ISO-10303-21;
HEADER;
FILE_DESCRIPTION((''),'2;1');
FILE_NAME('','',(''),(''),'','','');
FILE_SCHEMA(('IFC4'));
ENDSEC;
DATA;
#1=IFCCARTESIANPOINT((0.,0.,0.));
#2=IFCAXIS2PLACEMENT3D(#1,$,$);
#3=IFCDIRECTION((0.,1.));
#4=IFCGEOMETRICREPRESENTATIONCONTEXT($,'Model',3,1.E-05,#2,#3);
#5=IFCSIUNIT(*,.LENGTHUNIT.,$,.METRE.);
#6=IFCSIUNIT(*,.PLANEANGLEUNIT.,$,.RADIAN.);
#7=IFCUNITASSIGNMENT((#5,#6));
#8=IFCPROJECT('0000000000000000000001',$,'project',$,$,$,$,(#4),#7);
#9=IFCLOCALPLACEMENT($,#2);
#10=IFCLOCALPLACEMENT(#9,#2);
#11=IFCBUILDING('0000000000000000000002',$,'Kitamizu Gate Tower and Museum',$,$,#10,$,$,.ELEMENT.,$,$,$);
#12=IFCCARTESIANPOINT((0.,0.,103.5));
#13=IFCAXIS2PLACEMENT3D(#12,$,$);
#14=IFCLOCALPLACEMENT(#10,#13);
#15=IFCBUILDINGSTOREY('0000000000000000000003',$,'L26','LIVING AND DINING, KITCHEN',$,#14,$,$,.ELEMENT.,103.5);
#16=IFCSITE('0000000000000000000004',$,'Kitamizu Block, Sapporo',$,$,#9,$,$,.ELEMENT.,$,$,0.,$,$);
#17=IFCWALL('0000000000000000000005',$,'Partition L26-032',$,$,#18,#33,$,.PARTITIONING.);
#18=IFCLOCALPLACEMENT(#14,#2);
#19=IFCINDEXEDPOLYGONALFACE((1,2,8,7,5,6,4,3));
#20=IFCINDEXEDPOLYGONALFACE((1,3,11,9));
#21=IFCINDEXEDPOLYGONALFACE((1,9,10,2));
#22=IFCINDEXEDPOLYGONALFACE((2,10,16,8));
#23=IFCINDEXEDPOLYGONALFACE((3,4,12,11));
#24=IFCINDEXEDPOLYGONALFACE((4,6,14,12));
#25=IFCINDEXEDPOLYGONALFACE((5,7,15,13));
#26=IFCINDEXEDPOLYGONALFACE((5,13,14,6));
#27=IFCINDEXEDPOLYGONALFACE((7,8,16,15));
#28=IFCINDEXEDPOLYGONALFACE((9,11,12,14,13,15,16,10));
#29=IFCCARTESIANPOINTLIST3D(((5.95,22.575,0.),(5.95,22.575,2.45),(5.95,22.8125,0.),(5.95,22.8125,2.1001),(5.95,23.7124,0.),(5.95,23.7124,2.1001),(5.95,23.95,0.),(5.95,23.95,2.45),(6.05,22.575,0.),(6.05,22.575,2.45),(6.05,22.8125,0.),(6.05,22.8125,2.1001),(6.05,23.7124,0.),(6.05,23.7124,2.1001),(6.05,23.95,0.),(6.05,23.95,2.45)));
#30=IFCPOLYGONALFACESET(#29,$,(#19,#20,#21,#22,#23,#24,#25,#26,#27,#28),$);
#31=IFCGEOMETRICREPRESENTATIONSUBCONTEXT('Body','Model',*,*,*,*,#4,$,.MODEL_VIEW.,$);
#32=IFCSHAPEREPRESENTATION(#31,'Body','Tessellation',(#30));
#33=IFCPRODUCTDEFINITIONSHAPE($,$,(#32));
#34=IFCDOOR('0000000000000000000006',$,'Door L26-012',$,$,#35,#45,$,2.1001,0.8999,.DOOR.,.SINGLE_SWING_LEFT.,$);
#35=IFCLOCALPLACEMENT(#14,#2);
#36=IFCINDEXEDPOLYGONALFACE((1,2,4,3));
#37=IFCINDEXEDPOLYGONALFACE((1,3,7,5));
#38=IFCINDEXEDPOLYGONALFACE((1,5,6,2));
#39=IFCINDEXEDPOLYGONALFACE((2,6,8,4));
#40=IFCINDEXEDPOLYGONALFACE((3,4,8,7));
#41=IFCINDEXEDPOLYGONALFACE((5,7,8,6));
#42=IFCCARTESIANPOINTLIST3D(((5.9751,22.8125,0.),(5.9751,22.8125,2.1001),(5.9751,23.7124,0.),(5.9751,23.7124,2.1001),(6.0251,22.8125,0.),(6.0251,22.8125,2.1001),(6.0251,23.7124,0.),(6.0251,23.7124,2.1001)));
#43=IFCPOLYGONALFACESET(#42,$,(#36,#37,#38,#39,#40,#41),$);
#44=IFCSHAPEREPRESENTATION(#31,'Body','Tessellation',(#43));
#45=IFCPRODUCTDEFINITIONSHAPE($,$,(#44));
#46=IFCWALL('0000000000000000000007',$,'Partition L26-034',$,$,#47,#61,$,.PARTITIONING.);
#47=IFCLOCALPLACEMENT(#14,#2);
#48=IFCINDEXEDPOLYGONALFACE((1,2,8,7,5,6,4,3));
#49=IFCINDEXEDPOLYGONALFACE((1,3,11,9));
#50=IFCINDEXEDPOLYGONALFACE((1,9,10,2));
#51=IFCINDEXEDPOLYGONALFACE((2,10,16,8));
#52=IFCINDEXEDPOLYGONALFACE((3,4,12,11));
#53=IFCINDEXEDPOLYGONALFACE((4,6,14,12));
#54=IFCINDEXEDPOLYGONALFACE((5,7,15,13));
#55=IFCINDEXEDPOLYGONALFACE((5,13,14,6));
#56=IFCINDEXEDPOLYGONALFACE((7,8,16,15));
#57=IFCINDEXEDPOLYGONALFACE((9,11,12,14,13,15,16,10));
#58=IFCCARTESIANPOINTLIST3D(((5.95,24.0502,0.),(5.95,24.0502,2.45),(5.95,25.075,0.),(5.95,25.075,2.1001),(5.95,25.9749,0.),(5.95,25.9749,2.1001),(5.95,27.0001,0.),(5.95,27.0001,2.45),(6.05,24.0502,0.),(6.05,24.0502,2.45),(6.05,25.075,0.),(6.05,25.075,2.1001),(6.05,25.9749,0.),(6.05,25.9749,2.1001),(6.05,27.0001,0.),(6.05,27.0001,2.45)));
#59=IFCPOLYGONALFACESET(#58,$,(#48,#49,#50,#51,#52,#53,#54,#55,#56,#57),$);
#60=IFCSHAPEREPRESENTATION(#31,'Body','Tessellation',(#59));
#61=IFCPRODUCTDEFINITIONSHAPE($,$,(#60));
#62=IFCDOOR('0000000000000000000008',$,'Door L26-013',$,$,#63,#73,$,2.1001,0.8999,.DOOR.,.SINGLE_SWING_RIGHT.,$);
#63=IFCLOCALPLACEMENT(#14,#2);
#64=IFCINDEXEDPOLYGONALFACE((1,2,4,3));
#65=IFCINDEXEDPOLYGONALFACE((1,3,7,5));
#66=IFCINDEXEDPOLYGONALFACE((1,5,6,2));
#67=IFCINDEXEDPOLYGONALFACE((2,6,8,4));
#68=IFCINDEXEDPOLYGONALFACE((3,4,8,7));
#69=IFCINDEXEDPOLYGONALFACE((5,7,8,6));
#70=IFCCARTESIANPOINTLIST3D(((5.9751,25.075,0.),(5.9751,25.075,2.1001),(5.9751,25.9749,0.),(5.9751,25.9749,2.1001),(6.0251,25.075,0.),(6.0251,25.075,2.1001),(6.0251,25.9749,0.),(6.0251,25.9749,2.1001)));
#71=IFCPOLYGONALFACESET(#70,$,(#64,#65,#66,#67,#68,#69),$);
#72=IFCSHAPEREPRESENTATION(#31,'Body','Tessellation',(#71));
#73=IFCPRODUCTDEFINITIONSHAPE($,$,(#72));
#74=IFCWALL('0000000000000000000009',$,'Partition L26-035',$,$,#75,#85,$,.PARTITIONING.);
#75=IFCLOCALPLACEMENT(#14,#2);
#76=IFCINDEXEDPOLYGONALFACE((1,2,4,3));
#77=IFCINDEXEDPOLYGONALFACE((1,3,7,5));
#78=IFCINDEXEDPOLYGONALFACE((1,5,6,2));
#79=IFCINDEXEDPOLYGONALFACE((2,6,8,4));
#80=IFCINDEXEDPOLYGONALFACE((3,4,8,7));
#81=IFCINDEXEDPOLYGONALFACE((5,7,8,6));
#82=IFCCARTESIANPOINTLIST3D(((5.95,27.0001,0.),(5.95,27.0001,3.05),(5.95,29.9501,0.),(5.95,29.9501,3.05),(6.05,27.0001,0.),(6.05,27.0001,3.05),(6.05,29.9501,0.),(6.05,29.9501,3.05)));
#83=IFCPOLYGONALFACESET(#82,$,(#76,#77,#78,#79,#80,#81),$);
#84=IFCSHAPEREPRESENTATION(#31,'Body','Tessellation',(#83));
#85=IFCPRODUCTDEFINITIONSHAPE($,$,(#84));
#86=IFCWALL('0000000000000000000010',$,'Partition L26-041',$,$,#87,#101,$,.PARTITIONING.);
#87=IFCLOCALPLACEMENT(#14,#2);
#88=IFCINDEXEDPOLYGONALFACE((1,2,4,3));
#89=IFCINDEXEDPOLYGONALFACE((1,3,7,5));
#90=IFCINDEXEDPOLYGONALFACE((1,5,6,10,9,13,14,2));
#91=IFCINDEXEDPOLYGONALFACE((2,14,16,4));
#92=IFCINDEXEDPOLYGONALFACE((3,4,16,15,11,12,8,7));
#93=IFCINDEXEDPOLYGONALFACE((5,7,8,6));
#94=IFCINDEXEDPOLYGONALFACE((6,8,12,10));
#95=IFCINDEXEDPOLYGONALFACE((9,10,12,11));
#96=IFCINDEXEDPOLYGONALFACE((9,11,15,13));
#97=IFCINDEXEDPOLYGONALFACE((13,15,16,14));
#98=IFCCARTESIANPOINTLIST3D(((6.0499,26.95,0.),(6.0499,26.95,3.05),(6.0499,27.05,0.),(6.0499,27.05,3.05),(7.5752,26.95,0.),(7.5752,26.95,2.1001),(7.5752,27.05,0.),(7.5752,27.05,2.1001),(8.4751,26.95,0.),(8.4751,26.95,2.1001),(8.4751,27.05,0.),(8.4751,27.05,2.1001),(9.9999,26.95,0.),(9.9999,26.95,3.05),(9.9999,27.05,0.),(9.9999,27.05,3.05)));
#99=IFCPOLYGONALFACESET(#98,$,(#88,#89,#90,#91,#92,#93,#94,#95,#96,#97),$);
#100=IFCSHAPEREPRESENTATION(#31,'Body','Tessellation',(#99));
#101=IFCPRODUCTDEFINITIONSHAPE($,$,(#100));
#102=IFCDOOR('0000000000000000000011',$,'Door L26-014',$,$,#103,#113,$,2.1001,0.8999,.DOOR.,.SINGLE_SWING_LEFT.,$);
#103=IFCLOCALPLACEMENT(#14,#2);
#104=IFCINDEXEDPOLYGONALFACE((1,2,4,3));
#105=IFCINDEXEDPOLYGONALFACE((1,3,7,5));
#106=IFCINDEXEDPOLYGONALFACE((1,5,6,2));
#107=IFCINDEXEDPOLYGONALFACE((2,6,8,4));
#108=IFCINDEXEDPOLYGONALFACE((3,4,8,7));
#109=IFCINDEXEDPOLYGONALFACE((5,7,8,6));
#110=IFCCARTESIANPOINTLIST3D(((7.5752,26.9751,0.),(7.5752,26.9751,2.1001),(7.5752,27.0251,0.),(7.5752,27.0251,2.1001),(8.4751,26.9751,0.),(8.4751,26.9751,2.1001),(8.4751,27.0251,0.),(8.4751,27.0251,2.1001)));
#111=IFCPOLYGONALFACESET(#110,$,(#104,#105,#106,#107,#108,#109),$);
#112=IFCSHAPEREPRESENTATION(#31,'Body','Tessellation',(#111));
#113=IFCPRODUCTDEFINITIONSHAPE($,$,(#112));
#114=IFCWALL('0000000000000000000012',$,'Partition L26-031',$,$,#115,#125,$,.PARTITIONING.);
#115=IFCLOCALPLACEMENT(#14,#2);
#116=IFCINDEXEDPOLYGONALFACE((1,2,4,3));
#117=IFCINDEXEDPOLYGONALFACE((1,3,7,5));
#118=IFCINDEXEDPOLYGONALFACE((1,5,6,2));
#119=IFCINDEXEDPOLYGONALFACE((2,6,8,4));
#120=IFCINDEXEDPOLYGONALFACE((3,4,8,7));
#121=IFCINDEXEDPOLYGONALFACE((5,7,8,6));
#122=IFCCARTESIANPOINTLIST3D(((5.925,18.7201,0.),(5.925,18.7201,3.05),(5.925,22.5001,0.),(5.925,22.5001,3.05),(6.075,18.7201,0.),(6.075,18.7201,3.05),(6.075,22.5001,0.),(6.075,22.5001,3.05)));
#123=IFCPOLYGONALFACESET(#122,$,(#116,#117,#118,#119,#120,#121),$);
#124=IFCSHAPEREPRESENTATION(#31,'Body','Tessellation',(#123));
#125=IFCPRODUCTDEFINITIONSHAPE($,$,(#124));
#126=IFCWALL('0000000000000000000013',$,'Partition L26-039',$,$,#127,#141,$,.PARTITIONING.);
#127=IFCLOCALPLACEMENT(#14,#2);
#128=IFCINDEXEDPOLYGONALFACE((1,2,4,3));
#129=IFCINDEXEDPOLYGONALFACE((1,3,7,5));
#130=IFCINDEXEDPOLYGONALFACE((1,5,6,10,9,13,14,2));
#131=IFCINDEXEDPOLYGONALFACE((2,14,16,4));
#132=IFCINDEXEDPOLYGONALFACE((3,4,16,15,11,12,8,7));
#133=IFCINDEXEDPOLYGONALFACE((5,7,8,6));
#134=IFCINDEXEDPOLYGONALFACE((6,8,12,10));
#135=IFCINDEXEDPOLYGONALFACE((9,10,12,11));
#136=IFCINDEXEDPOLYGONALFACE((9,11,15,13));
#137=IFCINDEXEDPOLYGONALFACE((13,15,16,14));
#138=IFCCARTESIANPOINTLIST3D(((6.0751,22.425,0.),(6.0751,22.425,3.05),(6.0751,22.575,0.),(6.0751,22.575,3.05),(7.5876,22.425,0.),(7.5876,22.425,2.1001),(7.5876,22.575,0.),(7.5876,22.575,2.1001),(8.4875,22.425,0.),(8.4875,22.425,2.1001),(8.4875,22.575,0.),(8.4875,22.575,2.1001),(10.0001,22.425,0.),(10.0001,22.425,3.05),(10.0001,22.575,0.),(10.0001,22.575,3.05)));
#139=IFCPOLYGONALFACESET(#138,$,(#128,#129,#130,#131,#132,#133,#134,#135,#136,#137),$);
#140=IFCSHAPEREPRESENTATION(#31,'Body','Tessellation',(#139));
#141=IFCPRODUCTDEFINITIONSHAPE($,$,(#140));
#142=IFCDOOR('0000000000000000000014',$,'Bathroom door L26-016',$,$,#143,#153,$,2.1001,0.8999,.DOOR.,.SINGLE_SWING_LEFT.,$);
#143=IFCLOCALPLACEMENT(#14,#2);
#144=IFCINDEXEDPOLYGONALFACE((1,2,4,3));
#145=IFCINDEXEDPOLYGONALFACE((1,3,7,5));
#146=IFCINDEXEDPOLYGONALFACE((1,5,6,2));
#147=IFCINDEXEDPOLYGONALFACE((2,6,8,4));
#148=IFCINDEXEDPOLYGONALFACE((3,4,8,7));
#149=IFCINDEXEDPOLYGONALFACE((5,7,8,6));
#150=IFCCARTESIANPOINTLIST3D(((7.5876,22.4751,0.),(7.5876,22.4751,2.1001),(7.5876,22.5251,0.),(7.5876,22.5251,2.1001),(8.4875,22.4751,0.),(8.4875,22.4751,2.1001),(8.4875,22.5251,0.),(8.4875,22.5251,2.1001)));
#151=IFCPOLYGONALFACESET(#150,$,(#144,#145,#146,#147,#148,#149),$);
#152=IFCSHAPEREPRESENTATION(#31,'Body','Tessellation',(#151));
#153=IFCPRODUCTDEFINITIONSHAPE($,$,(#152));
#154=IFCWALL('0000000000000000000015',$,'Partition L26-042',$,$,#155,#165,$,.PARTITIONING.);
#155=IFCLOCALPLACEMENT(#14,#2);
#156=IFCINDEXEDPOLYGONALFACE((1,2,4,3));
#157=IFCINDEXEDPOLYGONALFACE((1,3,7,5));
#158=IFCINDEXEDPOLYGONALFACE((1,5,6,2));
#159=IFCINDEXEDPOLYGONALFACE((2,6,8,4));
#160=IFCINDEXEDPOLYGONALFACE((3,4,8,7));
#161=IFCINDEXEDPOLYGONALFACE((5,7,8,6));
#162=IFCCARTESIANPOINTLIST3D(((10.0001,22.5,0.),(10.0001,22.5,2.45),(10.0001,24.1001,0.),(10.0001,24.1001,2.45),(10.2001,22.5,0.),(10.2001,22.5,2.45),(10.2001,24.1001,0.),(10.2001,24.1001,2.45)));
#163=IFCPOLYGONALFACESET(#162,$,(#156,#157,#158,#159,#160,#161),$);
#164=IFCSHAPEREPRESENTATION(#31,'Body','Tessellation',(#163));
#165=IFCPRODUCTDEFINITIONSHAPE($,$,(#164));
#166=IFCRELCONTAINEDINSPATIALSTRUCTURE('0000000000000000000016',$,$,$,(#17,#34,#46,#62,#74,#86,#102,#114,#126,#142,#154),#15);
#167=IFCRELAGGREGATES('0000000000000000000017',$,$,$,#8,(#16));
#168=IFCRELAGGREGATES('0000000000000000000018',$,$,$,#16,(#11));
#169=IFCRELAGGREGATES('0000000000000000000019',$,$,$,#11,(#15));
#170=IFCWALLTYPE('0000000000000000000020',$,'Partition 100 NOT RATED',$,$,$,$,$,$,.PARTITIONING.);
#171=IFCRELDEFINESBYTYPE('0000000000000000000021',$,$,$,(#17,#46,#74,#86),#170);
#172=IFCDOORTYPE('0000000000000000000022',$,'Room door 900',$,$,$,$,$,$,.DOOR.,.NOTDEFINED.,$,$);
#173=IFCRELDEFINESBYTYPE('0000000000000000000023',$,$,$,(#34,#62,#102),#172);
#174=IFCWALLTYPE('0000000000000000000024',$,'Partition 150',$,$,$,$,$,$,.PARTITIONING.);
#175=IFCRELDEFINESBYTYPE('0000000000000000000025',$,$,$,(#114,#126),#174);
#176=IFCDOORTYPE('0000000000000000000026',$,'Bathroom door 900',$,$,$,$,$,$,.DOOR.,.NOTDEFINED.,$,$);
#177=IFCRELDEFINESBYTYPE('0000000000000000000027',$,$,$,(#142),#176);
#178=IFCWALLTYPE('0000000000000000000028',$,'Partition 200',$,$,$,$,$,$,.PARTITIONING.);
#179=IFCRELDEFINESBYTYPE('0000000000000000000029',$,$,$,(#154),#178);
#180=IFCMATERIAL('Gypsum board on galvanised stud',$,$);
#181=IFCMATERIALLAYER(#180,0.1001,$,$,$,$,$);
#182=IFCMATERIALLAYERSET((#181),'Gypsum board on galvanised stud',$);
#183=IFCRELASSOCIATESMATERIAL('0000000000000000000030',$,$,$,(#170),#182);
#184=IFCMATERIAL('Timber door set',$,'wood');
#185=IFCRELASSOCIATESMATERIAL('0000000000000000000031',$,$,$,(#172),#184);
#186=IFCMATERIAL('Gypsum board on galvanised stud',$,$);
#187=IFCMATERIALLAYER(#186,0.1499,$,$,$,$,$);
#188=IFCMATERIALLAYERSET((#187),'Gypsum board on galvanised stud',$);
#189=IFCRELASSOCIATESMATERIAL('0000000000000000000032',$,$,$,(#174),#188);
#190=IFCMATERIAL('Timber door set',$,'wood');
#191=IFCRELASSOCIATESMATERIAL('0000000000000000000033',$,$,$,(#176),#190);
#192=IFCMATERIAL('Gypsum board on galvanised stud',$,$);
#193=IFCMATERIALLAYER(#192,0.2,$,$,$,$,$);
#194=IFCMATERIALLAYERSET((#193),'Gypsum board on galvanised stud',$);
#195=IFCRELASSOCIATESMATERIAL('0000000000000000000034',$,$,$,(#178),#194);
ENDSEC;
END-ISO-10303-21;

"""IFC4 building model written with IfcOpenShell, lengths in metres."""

from ifc_helpers import new_model, si_unit, direction, frame, frame_2d, origin, place, context, subcontext, project, spatial, rectangle, extrude, material, layer, layer_set, type_object, element, fill, save


model = new_model("IFC4")

# Units and contexts
model_context = context("Model", 3, precision=1e-05, world=origin(), true_north=direction((0.0, 1.0)))
body_context = subcontext(model_context, "Body", "Model", "MODEL_VIEW")
ifc_project = project(units=[si_unit("LENGTHUNIT", "METRE"), si_unit("PLANEANGLEUNIT", "RADIAN")], contexts=[model_context])

# Site, building, storey
site_placement = place(None, origin())
site = spatial("IfcSite", under=ifc_project, at=site_placement, Name="Kitamizu Block, Sapporo", CompositionType="ELEMENT", RefElevation=0.0)
building_placement = place(site_placement, origin())
building = spatial("IfcBuilding", under=site, at=building_placement, Name="Kitamizu Gate Tower and Museum", CompositionType="ELEMENT")
storey_placement = place(building_placement, frame((0.0, 0.0, 103.5)))
storey = spatial("IfcBuildingStorey", under=building, at=storey_placement, Name="L26", Description="LIVING AND DINING, KITCHEN", CompositionType="ELEMENT", Elevation=103.5)

# Shared definitions
ifc_material_1 = material(Name="Gypsum board on galvanised stud")
ifc_layer_1 = layer(ifc_material_1, 0.1001)
ifc_layer_set_1 = layer_set([ifc_layer_1], Name="Gypsum board on galvanised stud")
wall_type_1 = type_object("IfcWallType", Name="Partition 100 NOT RATED", PredefinedType="PARTITIONING", material=ifc_layer_set_1)

# Walls, openings, doors
wall_1_placement = place(storey_placement, frame((6.0, 22.575, 0.0), z_axis=(0.0, 0.0, 1.0), x_axis=(0.0, 1.0, 0.0)))
wall_1 = element("IfcWall", 1, at=wall_1_placement, inside=storey, type_object=wall_type_1, Name="Partition L26-032", PredefinedType="PARTITIONING", context=body_context, shape_type="SweptSolid", body=[
    extrude(rectangle(XDim=1.375, YDim=0.1001, at=frame_2d((0.6875, 0.0))), origin(), (0.0, 0.0, 1.0), 2.45),
])
opening_1_placement = place(wall_1_placement, frame((0.2375, 0.0, 0.0)))
opening_1 = element("IfcOpeningElement", 2, at=opening_1_placement, cuts=wall_1, PredefinedType="OPENING", context=body_context, shape_type="SweptSolid", body=[
    extrude(rectangle(XDim=0.8999, YDim=2.1001, at=frame_2d((0.45, 1.05))), frame((0.0, 0.0601, 0.0), z_axis=(0.0, -1.0, 0.0), x_axis=(1.0, 0.0, 0.0)), (0.0, 0.0, 1.0), 0.1201),
])
ifc_material_2 = material(Name="Timber door set", Category="wood")
door_type_1 = type_object("IfcDoorType", Name="Room door 900", OperationType="NOTDEFINED", PredefinedType="DOOR", material=ifc_material_2)
door_1_placement = place(opening_1_placement, origin())
door_1 = element("IfcDoor", 3, at=door_1_placement, inside=storey, type_object=door_type_1, Name="Door L26-012", OperationType="SINGLE_SWING_LEFT", OverallHeight=2.1001, OverallWidth=0.8999, PredefinedType="DOOR", context=body_context, shape_type="SweptSolid", body=[
    extrude(rectangle(XDim=0.8999, YDim=2.1001, at=frame_2d((0.45, 1.05))), frame((0.0, 0.0249, 0.0), z_axis=(0.0, -1.0, 0.0), x_axis=(1.0, 0.0, 0.0)), (0.0, 0.0, 1.0), 0.05),
])
fill(opening_1, door_1)
wall_2_placement = place(storey_placement, frame((6.0, 24.05, 0.0), z_axis=(0.0, 0.0, 1.0), x_axis=(0.0, 1.0, 0.0)))
wall_2 = element("IfcWall", 4, at=wall_2_placement, inside=storey, type_object=wall_type_1, Name="Partition L26-034", PredefinedType="PARTITIONING", context=body_context, shape_type="SweptSolid", body=[
    extrude(rectangle(XDim=2.95, YDim=0.1001, at=frame_2d((1.4751, 0.0))), origin(), (0.0, 0.0, 1.0), 2.45),
])
opening_2_placement = place(wall_2_placement, frame((1.0249, 0.0, 0.0)))
opening_2 = element("IfcOpeningElement", 5, at=opening_2_placement, cuts=wall_2, PredefinedType="OPENING", context=body_context, shape_type="SweptSolid", body=[
    extrude(rectangle(XDim=0.8999, YDim=2.1001, at=frame_2d((0.45, 1.05))), frame((0.0, 0.0601, 0.0), z_axis=(0.0, -1.0, 0.0), x_axis=(1.0, 0.0, 0.0)), (0.0, 0.0, 1.0), 0.1201),
])
door_2_placement = place(opening_2_placement, origin())
door_2 = element("IfcDoor", 6, at=door_2_placement, inside=storey, type_object=door_type_1, Name="Door L26-013", OperationType="SINGLE_SWING_RIGHT", OverallHeight=2.1001, OverallWidth=0.8999, PredefinedType="DOOR", context=body_context, shape_type="SweptSolid", body=[
    extrude(rectangle(XDim=0.8999, YDim=2.1001, at=frame_2d((0.45, 1.05))), frame((0.0, 0.0249, 0.0), z_axis=(0.0, -1.0, 0.0), x_axis=(1.0, 0.0, 0.0)), (0.0, 0.0, 1.0), 0.05),
])
fill(opening_2, door_2)

# Wall
wall_3_placement = place(storey_placement, frame((6.0, 27.0, 0.0), z_axis=(0.0, 0.0, 1.0), x_axis=(0.0, 1.0, 0.0)))
element("IfcWall", 7, at=wall_3_placement, inside=storey, type_object=wall_type_1, Name="Partition L26-035", PredefinedType="PARTITIONING", context=body_context, shape_type="SweptSolid", body=[
    extrude(rectangle(XDim=2.95, YDim=0.1001, at=frame_2d((1.4751, 0.0))), origin(), (0.0, 0.0, 1.0), 3.05),
])

# Wall, opening, door
wall_4_placement = place(storey_placement, frame((10.0, 27.0, 0.0), z_axis=(0.0, 0.0, 1.0), x_axis=(-1.0, 0.0, 0.0)))
wall_4 = element("IfcWall", 8, at=wall_4_placement, inside=storey, type_object=wall_type_1, Name="Partition L26-041", PredefinedType="PARTITIONING", context=body_context, shape_type="SweptSolid", body=[
    extrude(rectangle(XDim=3.95, YDim=0.1001, at=frame_2d((1.9751, 0.0))), origin(), (0.0, 0.0, 1.0), 3.05),
])
opening_3_placement = place(wall_4_placement, frame((1.5249, 0.0, 0.0)))
opening_3 = element("IfcOpeningElement", 9, at=opening_3_placement, cuts=wall_4, PredefinedType="OPENING", context=body_context, shape_type="SweptSolid", body=[
    extrude(rectangle(XDim=0.8999, YDim=2.1001, at=frame_2d((0.45, 1.05))), frame((0.0, 0.0601, 0.0), z_axis=(0.0, -1.0, 0.0), x_axis=(1.0, 0.0, 0.0)), (0.0, 0.0, 1.0), 0.1201),
])
door_3_placement = place(opening_3_placement, origin())
door_3 = element("IfcDoor", 10, at=door_3_placement, inside=storey, type_object=door_type_1, Name="Door L26-014", OperationType="SINGLE_SWING_LEFT", OverallHeight=2.1001, OverallWidth=0.8999, PredefinedType="DOOR", context=body_context, shape_type="SweptSolid", body=[
    extrude(rectangle(XDim=0.8999, YDim=2.1001, at=frame_2d((0.45, 1.05))), frame((0.0, 0.0249, 0.0), z_axis=(0.0, -1.0, 0.0), x_axis=(1.0, 0.0, 0.0)), (0.0, 0.0, 1.0), 0.05),
])
fill(opening_3, door_3)

# Wall
ifc_material_3 = material(Name="Gypsum board on galvanised stud")
ifc_layer_2 = layer(ifc_material_3, 0.1499)
ifc_layer_set_2 = layer_set([ifc_layer_2], Name="Gypsum board on galvanised stud")
wall_type_2 = type_object("IfcWallType", Name="Partition 150", PredefinedType="PARTITIONING", material=ifc_layer_set_2)
wall_5_placement = place(storey_placement, frame((6.0, 18.72, 0.0), z_axis=(0.0, 0.0, 1.0), x_axis=(0.0, 1.0, 0.0)))
element("IfcWall", 11, at=wall_5_placement, inside=storey, type_object=wall_type_2, Name="Partition L26-031", PredefinedType="PARTITIONING", context=body_context, shape_type="SweptSolid", body=[
    extrude(rectangle(XDim=3.78, YDim=0.1499, at=frame_2d((1.8901, 0.0))), origin(), (0.0, 0.0, 1.0), 3.05),
])

# Wall, opening, door
wall_6_placement = place(storey_placement, frame((10.0, 22.5, 0.0), z_axis=(0.0, 0.0, 1.0), x_axis=(-1.0, 0.0, 0.0)))
wall_6 = element("IfcWall", 12, at=wall_6_placement, inside=storey, type_object=wall_type_2, Name="Partition L26-039", PredefinedType="PARTITIONING", context=body_context, shape_type="SweptSolid", body=[
    extrude(rectangle(XDim=3.925, YDim=0.1499, at=frame_2d((1.9624, 0.0))), origin(), (0.0, 0.0, 1.0), 3.05),
])
opening_4_placement = place(wall_6_placement, frame((1.5125, 0.0, 0.0)))
opening_4 = element("IfcOpeningElement", 13, at=opening_4_placement, cuts=wall_6, PredefinedType="OPENING", context=body_context, shape_type="SweptSolid", body=[
    extrude(rectangle(XDim=0.8999, YDim=2.1001, at=frame_2d((0.45, 1.05))), frame((0.0, 0.085, 0.0), z_axis=(0.0, -1.0, 0.0), x_axis=(1.0, 0.0, 0.0)), (0.0, 0.0, 1.0), 0.1699),
])
ifc_material_4 = material(Name="Timber door set", Category="wood")
door_type_2 = type_object("IfcDoorType", Name="Bathroom door 900", OperationType="NOTDEFINED", PredefinedType="DOOR", material=ifc_material_4)
door_4_placement = place(opening_4_placement, origin())
door_4 = element("IfcDoor", 14, at=door_4_placement, inside=storey, type_object=door_type_2, Name="Bathroom door L26-016", OperationType="SINGLE_SWING_LEFT", OverallHeight=2.1001, OverallWidth=0.8999, PredefinedType="DOOR", context=body_context, shape_type="SweptSolid", body=[
    extrude(rectangle(XDim=0.8999, YDim=2.1001, at=frame_2d((0.45, 1.05))), frame((0.0, 0.0249, 0.0), z_axis=(0.0, -1.0, 0.0), x_axis=(1.0, 0.0, 0.0)), (0.0, 0.0, 1.0), 0.05),
])
fill(opening_4, door_4)

# Wall
ifc_material_5 = material(Name="Gypsum board on galvanised stud")
ifc_layer_3 = layer(ifc_material_5, 0.2)
ifc_layer_set_3 = layer_set([ifc_layer_3], Name="Gypsum board on galvanised stud")
wall_type_3 = type_object("IfcWallType", Name="Partition 200", PredefinedType="PARTITIONING", material=ifc_layer_set_3)
wall_7_placement = place(storey_placement, frame((10.1001, 22.5, 0.0), z_axis=(0.0, 0.0, 1.0), x_axis=(0.0, 1.0, 0.0)))
element("IfcWall", 15, at=wall_7_placement, inside=storey, type_object=wall_type_3, Name="Partition L26-042", PredefinedType="PARTITIONING", context=body_context, shape_type="SweptSolid", body=[
    extrude(rectangle(XDim=1.6001, YDim=0.2, at=frame_2d((0.8, 0.0))), origin(), (0.0, 0.0, 1.0), 2.45),
])

save(model, "model.ifc")
